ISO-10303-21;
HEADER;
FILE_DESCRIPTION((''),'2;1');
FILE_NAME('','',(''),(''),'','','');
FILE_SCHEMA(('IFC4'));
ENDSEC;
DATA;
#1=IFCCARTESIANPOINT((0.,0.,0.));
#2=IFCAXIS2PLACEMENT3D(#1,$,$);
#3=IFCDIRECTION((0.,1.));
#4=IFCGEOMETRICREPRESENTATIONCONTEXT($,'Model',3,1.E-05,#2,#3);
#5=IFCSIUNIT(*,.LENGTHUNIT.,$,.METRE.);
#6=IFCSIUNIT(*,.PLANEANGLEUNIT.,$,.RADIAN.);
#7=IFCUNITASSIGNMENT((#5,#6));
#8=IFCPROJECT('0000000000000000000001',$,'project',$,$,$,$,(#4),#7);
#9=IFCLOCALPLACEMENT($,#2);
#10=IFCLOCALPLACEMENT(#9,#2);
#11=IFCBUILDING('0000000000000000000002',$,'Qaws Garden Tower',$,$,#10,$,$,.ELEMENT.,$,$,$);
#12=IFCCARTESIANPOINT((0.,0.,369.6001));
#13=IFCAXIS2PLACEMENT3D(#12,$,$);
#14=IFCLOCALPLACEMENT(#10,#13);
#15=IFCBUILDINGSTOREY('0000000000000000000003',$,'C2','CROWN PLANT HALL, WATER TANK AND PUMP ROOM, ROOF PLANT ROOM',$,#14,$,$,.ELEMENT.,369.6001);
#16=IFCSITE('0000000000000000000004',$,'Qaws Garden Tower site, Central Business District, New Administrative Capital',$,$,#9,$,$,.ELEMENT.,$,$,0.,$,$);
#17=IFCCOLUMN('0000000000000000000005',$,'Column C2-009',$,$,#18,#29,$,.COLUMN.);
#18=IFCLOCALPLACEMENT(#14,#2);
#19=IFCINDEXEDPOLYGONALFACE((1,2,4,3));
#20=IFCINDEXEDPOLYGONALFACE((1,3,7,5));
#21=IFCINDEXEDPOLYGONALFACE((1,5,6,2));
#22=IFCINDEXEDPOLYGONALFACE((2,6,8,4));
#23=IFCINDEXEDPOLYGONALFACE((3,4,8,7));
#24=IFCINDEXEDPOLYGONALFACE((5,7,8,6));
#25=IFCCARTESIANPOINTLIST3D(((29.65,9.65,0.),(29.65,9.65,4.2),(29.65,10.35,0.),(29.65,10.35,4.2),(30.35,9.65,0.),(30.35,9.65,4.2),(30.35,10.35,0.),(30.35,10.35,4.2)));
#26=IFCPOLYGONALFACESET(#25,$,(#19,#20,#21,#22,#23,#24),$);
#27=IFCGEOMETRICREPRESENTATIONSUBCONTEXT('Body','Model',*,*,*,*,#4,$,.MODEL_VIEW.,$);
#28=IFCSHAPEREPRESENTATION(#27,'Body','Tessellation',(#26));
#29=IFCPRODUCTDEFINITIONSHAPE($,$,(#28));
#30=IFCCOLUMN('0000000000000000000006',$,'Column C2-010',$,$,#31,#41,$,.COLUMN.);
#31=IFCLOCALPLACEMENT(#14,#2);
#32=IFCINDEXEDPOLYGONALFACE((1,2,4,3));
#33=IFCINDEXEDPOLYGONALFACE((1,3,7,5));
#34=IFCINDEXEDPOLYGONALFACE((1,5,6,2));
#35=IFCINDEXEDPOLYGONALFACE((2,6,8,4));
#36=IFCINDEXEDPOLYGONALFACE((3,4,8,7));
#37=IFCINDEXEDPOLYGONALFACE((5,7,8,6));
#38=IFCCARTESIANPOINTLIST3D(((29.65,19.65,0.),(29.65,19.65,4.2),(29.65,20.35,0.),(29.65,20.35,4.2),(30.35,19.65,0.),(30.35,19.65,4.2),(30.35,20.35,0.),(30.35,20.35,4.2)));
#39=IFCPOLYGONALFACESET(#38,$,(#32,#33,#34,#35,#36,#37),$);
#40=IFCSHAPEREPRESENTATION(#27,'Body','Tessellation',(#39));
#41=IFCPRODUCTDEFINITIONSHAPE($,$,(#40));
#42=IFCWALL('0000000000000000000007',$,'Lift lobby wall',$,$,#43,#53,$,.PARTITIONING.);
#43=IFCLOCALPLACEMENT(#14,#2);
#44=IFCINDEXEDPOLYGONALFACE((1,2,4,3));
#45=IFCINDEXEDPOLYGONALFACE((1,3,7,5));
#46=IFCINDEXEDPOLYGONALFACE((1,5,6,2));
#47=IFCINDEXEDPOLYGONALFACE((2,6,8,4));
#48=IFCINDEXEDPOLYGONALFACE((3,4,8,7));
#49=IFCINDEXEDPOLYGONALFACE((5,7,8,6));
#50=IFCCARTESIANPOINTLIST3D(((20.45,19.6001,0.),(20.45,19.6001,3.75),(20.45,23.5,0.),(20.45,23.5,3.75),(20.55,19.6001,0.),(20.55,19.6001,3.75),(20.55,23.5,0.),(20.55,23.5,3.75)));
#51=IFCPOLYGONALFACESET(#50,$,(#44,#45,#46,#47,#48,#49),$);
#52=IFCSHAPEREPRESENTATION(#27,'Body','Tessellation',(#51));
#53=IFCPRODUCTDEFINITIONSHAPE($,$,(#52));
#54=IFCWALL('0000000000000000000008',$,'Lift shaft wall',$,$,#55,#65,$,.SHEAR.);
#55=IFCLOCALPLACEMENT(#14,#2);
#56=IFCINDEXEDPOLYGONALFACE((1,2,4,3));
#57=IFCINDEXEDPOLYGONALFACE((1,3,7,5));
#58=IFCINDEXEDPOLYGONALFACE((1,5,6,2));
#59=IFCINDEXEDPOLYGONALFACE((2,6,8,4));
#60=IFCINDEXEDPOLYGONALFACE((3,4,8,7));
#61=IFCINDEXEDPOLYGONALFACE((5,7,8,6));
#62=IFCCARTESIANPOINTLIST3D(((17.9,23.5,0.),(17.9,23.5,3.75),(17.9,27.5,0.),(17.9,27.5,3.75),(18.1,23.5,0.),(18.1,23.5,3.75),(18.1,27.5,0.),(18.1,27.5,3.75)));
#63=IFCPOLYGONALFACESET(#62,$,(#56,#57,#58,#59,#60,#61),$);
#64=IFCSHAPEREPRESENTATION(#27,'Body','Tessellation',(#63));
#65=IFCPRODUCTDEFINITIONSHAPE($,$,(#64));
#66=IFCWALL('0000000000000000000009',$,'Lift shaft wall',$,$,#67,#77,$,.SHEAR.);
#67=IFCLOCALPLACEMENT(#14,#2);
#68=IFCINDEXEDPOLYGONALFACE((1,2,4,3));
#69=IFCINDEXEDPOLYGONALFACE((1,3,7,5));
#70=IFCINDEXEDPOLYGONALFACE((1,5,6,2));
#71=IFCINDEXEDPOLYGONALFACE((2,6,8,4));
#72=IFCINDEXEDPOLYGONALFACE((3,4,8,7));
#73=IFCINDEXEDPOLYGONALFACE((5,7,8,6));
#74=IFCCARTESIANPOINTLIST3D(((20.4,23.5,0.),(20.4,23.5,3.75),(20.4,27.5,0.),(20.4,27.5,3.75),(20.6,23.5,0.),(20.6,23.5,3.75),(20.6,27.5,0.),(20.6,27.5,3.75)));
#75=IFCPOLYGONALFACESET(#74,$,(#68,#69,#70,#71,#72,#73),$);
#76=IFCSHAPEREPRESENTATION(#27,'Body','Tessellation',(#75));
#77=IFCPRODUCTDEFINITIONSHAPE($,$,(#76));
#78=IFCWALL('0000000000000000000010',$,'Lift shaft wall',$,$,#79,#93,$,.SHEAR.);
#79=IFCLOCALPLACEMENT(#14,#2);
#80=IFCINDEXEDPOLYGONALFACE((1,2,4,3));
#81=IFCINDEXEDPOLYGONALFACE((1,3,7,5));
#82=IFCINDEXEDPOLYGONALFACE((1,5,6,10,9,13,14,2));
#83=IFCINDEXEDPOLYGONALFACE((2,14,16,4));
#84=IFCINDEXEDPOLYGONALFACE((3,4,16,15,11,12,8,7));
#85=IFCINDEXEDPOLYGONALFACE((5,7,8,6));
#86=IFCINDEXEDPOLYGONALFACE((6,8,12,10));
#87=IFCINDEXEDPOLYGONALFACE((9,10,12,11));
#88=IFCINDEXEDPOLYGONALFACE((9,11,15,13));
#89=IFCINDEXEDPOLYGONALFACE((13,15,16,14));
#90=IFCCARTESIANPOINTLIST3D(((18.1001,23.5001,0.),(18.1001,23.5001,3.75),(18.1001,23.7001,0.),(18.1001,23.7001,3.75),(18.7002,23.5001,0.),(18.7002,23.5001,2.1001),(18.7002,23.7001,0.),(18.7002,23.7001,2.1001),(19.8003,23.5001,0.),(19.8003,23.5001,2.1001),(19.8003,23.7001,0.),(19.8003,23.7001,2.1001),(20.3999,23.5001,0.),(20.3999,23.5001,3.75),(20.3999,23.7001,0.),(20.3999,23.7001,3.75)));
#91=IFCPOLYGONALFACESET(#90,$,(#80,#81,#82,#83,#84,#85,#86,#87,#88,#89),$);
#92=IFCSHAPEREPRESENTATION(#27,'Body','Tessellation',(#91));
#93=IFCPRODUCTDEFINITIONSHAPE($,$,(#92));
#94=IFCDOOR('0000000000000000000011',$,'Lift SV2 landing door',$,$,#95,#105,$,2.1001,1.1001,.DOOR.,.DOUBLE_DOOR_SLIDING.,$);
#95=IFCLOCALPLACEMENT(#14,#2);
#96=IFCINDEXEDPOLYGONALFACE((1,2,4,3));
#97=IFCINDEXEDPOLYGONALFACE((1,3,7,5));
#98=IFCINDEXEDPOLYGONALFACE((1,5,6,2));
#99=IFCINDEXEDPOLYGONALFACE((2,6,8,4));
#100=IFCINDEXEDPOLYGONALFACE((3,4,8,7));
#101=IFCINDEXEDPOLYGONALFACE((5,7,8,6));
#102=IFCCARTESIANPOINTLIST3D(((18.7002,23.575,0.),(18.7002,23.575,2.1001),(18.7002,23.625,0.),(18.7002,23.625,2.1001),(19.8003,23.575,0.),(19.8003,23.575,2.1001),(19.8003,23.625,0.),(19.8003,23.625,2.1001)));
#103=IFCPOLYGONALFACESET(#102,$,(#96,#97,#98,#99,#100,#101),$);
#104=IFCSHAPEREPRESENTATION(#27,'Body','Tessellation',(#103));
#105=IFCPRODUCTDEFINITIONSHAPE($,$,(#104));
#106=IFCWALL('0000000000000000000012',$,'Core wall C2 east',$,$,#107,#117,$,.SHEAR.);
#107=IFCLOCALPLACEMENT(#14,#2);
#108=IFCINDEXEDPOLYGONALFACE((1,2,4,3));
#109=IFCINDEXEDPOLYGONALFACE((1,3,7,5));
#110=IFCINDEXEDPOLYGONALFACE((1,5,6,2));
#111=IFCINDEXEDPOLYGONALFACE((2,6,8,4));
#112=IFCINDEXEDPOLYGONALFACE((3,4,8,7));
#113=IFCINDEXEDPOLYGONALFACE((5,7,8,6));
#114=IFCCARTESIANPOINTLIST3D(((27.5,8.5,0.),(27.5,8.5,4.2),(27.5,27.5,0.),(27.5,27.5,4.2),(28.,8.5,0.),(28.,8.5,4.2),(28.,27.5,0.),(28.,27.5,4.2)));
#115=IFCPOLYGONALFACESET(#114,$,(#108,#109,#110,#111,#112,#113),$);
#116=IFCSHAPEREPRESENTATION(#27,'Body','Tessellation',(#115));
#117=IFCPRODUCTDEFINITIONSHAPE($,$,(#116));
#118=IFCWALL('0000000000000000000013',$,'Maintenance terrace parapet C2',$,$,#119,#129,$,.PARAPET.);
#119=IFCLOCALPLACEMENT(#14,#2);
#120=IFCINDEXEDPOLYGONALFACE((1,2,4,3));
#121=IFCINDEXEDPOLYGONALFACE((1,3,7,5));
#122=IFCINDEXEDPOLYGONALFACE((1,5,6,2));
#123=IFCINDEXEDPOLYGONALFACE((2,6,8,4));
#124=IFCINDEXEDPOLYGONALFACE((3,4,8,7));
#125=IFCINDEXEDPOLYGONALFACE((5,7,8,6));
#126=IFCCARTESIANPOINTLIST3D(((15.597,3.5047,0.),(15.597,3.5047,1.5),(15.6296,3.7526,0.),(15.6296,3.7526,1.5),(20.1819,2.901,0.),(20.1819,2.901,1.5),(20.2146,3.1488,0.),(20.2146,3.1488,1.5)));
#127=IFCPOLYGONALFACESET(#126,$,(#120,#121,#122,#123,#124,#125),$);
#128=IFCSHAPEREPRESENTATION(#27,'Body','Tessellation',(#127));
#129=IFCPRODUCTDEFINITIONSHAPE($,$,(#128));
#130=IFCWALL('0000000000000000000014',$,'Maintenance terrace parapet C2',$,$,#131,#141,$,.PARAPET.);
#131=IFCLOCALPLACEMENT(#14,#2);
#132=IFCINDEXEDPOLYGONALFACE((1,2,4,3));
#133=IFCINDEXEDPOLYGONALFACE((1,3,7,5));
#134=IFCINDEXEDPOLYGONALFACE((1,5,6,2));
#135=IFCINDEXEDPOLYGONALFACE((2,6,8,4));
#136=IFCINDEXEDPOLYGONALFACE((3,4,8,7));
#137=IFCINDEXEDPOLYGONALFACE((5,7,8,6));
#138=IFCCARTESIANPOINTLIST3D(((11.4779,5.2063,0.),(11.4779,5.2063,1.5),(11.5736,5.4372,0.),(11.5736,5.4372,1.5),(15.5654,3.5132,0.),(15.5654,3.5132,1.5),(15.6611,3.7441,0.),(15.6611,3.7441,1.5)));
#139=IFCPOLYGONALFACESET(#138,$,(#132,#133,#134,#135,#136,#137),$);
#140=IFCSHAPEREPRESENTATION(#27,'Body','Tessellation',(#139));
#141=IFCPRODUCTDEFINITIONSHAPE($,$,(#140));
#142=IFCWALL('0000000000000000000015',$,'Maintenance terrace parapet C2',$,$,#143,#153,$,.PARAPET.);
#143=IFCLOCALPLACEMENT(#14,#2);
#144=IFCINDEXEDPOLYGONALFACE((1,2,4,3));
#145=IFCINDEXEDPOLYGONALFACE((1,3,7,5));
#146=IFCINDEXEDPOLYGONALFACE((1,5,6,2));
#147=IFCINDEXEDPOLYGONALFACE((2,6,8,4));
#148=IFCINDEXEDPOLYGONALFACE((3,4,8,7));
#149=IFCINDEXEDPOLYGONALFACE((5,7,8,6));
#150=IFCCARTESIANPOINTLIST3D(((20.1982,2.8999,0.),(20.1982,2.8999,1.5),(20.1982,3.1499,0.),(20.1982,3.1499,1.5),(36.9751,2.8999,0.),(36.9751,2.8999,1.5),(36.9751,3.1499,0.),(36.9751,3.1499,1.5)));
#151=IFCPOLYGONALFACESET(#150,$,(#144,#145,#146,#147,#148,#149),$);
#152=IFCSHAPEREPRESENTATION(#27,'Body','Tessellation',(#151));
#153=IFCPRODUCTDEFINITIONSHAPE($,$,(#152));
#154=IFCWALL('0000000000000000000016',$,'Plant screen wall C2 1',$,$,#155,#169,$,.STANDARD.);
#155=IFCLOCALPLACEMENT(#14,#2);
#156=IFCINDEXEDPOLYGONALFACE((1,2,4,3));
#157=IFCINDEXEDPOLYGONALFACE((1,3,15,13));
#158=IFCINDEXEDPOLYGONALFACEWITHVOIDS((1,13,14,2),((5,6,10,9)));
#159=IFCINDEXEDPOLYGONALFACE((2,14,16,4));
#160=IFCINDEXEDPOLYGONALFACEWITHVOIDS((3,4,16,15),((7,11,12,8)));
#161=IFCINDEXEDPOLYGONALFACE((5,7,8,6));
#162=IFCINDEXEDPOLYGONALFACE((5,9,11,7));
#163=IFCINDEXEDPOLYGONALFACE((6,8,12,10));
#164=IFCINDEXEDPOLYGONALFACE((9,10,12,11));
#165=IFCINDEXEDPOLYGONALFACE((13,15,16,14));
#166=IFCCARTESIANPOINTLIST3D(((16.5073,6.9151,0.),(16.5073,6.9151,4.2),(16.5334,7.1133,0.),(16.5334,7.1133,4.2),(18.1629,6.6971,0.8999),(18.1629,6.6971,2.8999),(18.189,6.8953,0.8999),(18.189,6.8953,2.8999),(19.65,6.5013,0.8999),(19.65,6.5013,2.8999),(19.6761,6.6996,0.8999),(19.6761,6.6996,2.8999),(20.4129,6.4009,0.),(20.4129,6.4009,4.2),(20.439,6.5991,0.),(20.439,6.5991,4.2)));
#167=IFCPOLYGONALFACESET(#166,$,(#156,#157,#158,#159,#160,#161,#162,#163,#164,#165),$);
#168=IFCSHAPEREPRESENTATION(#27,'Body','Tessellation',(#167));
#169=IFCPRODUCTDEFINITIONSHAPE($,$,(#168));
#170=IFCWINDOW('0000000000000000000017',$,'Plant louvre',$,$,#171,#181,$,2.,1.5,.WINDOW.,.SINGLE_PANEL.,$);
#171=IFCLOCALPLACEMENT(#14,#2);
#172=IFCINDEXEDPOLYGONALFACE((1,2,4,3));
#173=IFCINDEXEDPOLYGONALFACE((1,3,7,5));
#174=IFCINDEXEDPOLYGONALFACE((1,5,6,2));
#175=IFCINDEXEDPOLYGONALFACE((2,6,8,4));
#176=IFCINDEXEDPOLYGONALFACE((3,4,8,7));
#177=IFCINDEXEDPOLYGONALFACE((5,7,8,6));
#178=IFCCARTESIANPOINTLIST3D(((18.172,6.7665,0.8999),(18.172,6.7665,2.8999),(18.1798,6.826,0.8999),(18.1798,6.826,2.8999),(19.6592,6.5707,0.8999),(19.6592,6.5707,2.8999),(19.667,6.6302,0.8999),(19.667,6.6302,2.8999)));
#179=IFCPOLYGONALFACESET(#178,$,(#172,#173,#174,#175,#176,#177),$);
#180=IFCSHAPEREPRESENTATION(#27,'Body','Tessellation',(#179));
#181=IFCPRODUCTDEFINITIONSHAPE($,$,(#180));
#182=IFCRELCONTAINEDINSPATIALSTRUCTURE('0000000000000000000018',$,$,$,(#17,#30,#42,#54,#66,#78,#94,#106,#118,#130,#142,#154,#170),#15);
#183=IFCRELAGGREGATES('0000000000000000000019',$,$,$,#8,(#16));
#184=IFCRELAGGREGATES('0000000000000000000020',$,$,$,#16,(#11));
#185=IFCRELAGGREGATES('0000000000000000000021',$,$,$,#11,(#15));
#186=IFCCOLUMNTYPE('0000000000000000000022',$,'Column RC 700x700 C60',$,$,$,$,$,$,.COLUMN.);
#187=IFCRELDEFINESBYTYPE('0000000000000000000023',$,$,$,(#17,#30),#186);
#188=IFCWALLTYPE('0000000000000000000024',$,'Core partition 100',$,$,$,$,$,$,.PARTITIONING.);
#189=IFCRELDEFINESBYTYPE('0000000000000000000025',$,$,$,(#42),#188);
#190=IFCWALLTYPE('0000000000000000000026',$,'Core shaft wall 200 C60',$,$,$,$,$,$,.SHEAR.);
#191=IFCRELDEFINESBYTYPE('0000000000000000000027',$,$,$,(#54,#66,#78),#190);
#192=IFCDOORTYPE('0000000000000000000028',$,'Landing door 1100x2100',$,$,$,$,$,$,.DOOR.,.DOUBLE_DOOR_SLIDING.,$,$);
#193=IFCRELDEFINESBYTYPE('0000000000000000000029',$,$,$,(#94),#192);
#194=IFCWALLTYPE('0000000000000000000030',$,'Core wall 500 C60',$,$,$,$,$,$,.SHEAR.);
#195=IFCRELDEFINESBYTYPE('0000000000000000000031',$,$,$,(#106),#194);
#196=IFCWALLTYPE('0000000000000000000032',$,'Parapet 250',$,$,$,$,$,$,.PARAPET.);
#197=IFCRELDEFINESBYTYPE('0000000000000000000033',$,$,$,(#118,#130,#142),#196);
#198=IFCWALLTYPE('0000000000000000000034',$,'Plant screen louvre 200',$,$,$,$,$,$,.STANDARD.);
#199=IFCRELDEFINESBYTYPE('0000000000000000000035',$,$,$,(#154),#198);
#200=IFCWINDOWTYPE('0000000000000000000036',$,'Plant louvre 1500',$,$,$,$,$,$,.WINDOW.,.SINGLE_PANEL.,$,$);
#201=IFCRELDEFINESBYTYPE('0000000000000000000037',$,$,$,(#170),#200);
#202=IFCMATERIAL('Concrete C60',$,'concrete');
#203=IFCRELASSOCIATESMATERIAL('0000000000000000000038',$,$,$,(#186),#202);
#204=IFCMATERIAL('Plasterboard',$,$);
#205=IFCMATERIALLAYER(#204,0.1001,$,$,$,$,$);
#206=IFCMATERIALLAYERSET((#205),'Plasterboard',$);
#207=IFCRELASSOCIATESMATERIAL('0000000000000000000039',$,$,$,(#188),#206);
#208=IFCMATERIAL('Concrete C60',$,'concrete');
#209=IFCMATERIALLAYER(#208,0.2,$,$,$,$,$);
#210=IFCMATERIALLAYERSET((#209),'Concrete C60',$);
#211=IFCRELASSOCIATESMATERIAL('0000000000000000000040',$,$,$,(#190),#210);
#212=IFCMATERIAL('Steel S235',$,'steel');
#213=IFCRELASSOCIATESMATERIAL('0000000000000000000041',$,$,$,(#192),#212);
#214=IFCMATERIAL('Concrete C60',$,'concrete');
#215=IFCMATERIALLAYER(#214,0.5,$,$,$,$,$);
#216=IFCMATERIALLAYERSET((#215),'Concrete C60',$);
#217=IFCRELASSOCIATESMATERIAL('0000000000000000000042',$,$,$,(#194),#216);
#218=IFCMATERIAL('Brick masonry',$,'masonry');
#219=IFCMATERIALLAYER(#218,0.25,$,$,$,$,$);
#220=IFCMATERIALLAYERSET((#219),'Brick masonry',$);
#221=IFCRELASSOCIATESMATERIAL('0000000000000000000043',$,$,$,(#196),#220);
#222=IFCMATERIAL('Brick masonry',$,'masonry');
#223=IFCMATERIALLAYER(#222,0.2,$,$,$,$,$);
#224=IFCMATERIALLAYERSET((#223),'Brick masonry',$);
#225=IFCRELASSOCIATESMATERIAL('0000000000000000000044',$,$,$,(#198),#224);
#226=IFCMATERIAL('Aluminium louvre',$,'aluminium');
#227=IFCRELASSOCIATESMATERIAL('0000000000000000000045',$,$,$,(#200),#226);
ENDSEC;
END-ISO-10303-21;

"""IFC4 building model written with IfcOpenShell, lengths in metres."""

from ifc_helpers import new_model, si_unit, direction, frame, frame_2d, origin, origin_2d, place, context, subcontext, project, spatial, rectangle, extrude, material, layer, layer_set, material_profile, profile_set, type_object, element, fill, save


model = new_model("IFC4")

# Units and contexts
model_context = context("Model", 3, precision=1e-05, world=origin(), true_north=direction((0.0, 1.0)))
body_context = subcontext(model_context, "Body", "Model", "MODEL_VIEW")
ifc_project = project(units=[si_unit("LENGTHUNIT", "METRE"), si_unit("PLANEANGLEUNIT", "RADIAN")], contexts=[model_context])

# Site, building, storey
site_placement = place(None, origin())
site = spatial("IfcSite", under=ifc_project, at=site_placement, Name="Qaws Garden Tower site, Central Business District, New Administrative Capital", CompositionType="ELEMENT", RefElevation=0.0)
building_placement = place(site_placement, origin())
building = spatial("IfcBuilding", under=site, at=building_placement, Name="Qaws Garden Tower", CompositionType="ELEMENT")
storey_placement = place(building_placement, frame((0.0, 0.0, 369.6001)))
storey = spatial("IfcBuildingStorey", under=building, at=storey_placement, Name="C2", Description="CROWN PLANT HALL, WATER TANK AND PUMP ROOM, ROOF PLANT ROOM", CompositionType="ELEMENT", Elevation=369.6001)

# Columns
ifc_material_1 = material(Name="Concrete C60", Category="concrete")
ifc_material_profile = material_profile(ifc_material_1, rectangle(XDim=0.7, YDim=0.7, at=origin_2d()), Name="RC 700x700")
ifc_profile_set = profile_set([ifc_material_profile], Name="Concrete C60")
column_type = type_object("IfcColumnType", Name="Column RC 700x700 C60", PredefinedType="COLUMN", material=ifc_profile_set)
for number, where, z_axis, x_axis, name in (
    (1, (30.0, 10.0, 0.0), (0.0, 0.0, 1.0), (1.0, 0.0, 0.0), "Column C2-009"),
    (2, (30.0, 20.0, 0.0), (0.0, 0.0, 1.0), (1.0, 0.0, 0.0), "Column C2-010"),
):
    element("IfcColumn", number, at=place(storey_placement, frame(where, z_axis=z_axis, x_axis=x_axis)), inside=storey, type_object=column_type, Name=name, PredefinedType="COLUMN", context=body_context, shape_type="SweptSolid", body=[
        extrude(rectangle(XDim=0.7, YDim=0.7, at=origin_2d()), origin(), (0.0, 0.0, 1.0), 4.2),
    ])

# Walls
ifc_material_2 = material(Name="Plasterboard")
ifc_layer_1 = layer(ifc_material_2, 0.1001)
ifc_layer_set_1 = layer_set([ifc_layer_1], Name="Plasterboard")
wall_type_1 = type_object("IfcWallType", Name="Core partition 100", PredefinedType="PARTITIONING", material=ifc_layer_set_1)
wall_1_placement = place(storey_placement, frame((20.5, 19.6001, 0.0), z_axis=(0.0, 0.0, 1.0), x_axis=(0.0, 1.0, 0.0)))
element("IfcWall", 3, at=wall_1_placement, inside=storey, type_object=wall_type_1, Name="Lift lobby wall", PredefinedType="PARTITIONING", context=body_context, shape_type="SweptSolid", body=[
    extrude(rectangle(XDim=3.8999, YDim=0.1001, at=frame_2d((1.95, 0.0))), origin(), (0.0, 0.0, 1.0), 3.75),
])
ifc_material_3 = material(Name="Concrete C60", Category="concrete")
ifc_layer_2 = layer(ifc_material_3, 0.2)
ifc_layer_set_2 = layer_set([ifc_layer_2], Name="Concrete C60")
wall_type_2 = type_object("IfcWallType", Name="Core shaft wall 200 C60", PredefinedType="SHEAR", material=ifc_layer_set_2)
for number, where, z_axis, x_axis, name in (
    (4, (18.0, 23.5, 0.0), (0.0, 0.0, 1.0), (0.0, 1.0, 0.0), "Lift shaft wall"),
    (5, (20.5, 23.5, 0.0), (0.0, 0.0, 1.0), (0.0, 1.0, 0.0), "Lift shaft wall"),
):
    element("IfcWall", number, at=place(storey_placement, frame(where, z_axis=z_axis, x_axis=x_axis)), inside=storey, type_object=wall_type_2, Name=name, PredefinedType="SHEAR", context=body_context, shape_type="SweptSolid", body=[
        extrude(rectangle(XDim=4.0, YDim=0.2, at=frame_2d((2.0, 0.0))), origin(), (0.0, 0.0, 1.0), 3.75),
    ])

# Wall, opening, door
wall_2_placement = place(storey_placement, frame((18.1001, 23.6001, 0.0), z_axis=(0.0, 0.0, 1.0), x_axis=(1.0, 0.0, 0.0)))
wall_2 = element("IfcWall", 6, at=wall_2_placement, inside=storey, type_object=wall_type_2, Name="Lift shaft wall", PredefinedType="SHEAR", context=body_context, shape_type="SweptSolid", body=[
    extrude(rectangle(XDim=2.2998, YDim=0.2, at=frame_2d((1.1499, 0.0))), origin(), (0.0, 0.0, 1.0), 3.75),
])
opening_1_placement = place(wall_2_placement, frame((0.6001, 0.0, 0.0)))
opening_1 = element("IfcOpeningElement", 7, at=opening_1_placement, cuts=wall_2, PredefinedType="OPENING", context=body_context, shape_type="SweptSolid", body=[
    extrude(rectangle(XDim=1.1001, YDim=2.1001, at=frame_2d((0.55, 1.05))), frame((0.0, 0.1099, 0.0), z_axis=(0.0, -1.0, 0.0), x_axis=(1.0, 0.0, 0.0)), (0.0, 0.0, 1.0), 0.22),
])
ifc_material_4 = material(Name="Steel S235", Category="steel")
door_type = type_object("IfcDoorType", Name="Landing door 1100x2100", OperationType="DOUBLE_DOOR_SLIDING", PredefinedType="DOOR", material=ifc_material_4)
door_placement = place(opening_1_placement, origin())
door = element("IfcDoor", 8, at=door_placement, inside=storey, type_object=door_type, Name="Lift SV2 landing door", OperationType="DOUBLE_DOOR_SLIDING", OverallHeight=2.1001, OverallWidth=1.1001, PredefinedType="DOOR", context=body_context, shape_type="SweptSolid", body=[
    extrude(rectangle(XDim=1.1001, YDim=2.1001, at=frame_2d((0.55, 1.05))), frame((0.0, 0.0249, 0.0), z_axis=(0.0, -1.0, 0.0), x_axis=(1.0, 0.0, 0.0)), (0.0, 0.0, 1.0), 0.05),
])
fill(opening_1, door)

# Walls
ifc_material_5 = material(Name="Concrete C60", Category="concrete")
ifc_layer_3 = layer(ifc_material_5, 0.5)
ifc_layer_set_3 = layer_set([ifc_layer_3], Name="Concrete C60")
wall_type_3 = type_object("IfcWallType", Name="Core wall 500 C60", PredefinedType="SHEAR", material=ifc_layer_set_3)
wall_3_placement = place(storey_placement, frame((27.75, 8.5, 0.0), z_axis=(0.0, 0.0, 1.0), x_axis=(0.0, 1.0, 0.0)))
element("IfcWall", 9, at=wall_3_placement, inside=storey, type_object=wall_type_3, Name="Core wall C2 east", PredefinedType="SHEAR", context=body_context, shape_type="SweptSolid", body=[
    extrude(rectangle(XDim=19.0, YDim=0.5, at=frame_2d((9.5, 0.0))), origin(), (0.0, 0.0, 1.0), 4.2),
])
ifc_material_6 = material(Name="Brick masonry", Category="masonry")
ifc_layer_4 = layer(ifc_material_6, 0.25)
ifc_layer_set_4 = layer_set([ifc_layer_4], Name="Brick masonry")
wall_type_4 = type_object("IfcWallType", Name="Parapet 250", PredefinedType="PARAPET", material=ifc_layer_set_4)
wall_4_placement = place(storey_placement, frame((20.1982, 3.0249, 0.0), z_axis=(0.0, 0.0, 1.0), x_axis=(-0.991441, 0.130556, 0.0)))
element("IfcWall", 10, at=wall_4_placement, inside=storey, type_object=wall_type_4, Name="Maintenance terrace parapet C2", PredefinedType="PARAPET", context=body_context, shape_type="SweptSolid", body=[
    extrude(rectangle(XDim=4.6245, YDim=0.25, at=frame_2d((2.3123, 0.0))), origin(), (0.0, 0.0, 1.0), 1.5),
])
wall_5_placement = place(storey_placement, frame((15.6133, 3.6287, 0.0), z_axis=(0.0, 0.0, 1.0), x_axis=(-0.923883, 0.382675, 0.0)))
element("IfcWall", 11, at=wall_5_placement, inside=storey, type_object=wall_type_4, Name="Maintenance terrace parapet C2", PredefinedType="PARAPET", context=body_context, shape_type="SweptSolid", body=[
    extrude(rectangle(XDim=4.4243, YDim=0.25, at=frame_2d((2.2122, 0.0))), origin(), (0.0, 0.0, 1.0), 1.5),
])
wall_6_placement = place(storey_placement, frame((36.9751, 3.0249, 0.0), z_axis=(0.0, 0.0, 1.0), x_axis=(-1.0, 0.0, 0.0)))
element("IfcWall", 12, at=wall_6_placement, inside=storey, type_object=wall_type_4, Name="Maintenance terrace parapet C2", PredefinedType="PARAPET", context=body_context, shape_type="SweptSolid", body=[
    extrude(rectangle(XDim=16.7769, YDim=0.25, at=frame_2d((8.3884, 0.0))), origin(), (0.0, 0.0, 1.0), 1.5),
])

# Wall, opening, window
ifc_material_7 = material(Name="Brick masonry", Category="masonry")
ifc_layer_5 = layer(ifc_material_7, 0.2)
ifc_layer_set_5 = layer_set([ifc_layer_5], Name="Brick masonry")
wall_type_5 = type_object("IfcWallType", Name="Plant screen louvre 200", PredefinedType="STANDARD", material=ifc_layer_set_5)
wall_7_placement = place(storey_placement, frame((20.426, 6.5, 0.0), z_axis=(0.0, 0.0, 1.0), x_axis=(-0.991445, 0.130523, 0.0)))
wall_7 = element("IfcWall", 13, at=wall_7_placement, inside=storey, type_object=wall_type_5, Name="Plant screen wall C2 1", PredefinedType="STANDARD", context=body_context, shape_type="SweptSolid", body=[
    extrude(rectangle(XDim=3.9392, YDim=0.2, at=frame_2d((1.9697, 0.0))), origin(), (0.0, 0.0, 1.0), 4.2),
])
opening_2_placement = place(wall_7_placement, frame((0.7695, 0.0, 0.8999)))
opening_2 = element("IfcOpeningElement", 14, at=opening_2_placement, cuts=wall_7, PredefinedType="OPENING", context=body_context, shape_type="SweptSolid", body=[
    extrude(rectangle(XDim=1.5, YDim=2.0, at=frame_2d((0.75, 1.0))), frame((0.0, 0.1099, 0.0), z_axis=(0.0, -1.0, 0.0), x_axis=(1.0, 0.0, 0.0)), (0.0, 0.0, 1.0), 0.22),
])
ifc_material_8 = material(Name="Aluminium louvre", Category="aluminium")
window_type = type_object("IfcWindowType", Name="Plant louvre 1500", PartitioningType="SINGLE_PANEL", PredefinedType="WINDOW", material=ifc_material_8)
window_1_placement = place(opening_2_placement, origin())
window_1 = element("IfcWindow", 15, at=window_1_placement, inside=storey, type_object=window_type, Name="Plant louvre", OverallHeight=2.0, OverallWidth=1.5, PartitioningType="SINGLE_PANEL", PredefinedType="WINDOW", context=body_context, shape_type="SweptSolid", body=[
    extrude(rectangle(XDim=1.5, YDim=2.0, at=frame_2d((0.75, 1.0))), frame((0.0, 0.03, 0.0), z_axis=(0.0, -1.0, 0.0), x_axis=(1.0, 0.0, 0.0)), (0.0, 0.0, 1.0), 0.0601),
])
fill(opening_2, window_1)

save(model, "model.ifc")
